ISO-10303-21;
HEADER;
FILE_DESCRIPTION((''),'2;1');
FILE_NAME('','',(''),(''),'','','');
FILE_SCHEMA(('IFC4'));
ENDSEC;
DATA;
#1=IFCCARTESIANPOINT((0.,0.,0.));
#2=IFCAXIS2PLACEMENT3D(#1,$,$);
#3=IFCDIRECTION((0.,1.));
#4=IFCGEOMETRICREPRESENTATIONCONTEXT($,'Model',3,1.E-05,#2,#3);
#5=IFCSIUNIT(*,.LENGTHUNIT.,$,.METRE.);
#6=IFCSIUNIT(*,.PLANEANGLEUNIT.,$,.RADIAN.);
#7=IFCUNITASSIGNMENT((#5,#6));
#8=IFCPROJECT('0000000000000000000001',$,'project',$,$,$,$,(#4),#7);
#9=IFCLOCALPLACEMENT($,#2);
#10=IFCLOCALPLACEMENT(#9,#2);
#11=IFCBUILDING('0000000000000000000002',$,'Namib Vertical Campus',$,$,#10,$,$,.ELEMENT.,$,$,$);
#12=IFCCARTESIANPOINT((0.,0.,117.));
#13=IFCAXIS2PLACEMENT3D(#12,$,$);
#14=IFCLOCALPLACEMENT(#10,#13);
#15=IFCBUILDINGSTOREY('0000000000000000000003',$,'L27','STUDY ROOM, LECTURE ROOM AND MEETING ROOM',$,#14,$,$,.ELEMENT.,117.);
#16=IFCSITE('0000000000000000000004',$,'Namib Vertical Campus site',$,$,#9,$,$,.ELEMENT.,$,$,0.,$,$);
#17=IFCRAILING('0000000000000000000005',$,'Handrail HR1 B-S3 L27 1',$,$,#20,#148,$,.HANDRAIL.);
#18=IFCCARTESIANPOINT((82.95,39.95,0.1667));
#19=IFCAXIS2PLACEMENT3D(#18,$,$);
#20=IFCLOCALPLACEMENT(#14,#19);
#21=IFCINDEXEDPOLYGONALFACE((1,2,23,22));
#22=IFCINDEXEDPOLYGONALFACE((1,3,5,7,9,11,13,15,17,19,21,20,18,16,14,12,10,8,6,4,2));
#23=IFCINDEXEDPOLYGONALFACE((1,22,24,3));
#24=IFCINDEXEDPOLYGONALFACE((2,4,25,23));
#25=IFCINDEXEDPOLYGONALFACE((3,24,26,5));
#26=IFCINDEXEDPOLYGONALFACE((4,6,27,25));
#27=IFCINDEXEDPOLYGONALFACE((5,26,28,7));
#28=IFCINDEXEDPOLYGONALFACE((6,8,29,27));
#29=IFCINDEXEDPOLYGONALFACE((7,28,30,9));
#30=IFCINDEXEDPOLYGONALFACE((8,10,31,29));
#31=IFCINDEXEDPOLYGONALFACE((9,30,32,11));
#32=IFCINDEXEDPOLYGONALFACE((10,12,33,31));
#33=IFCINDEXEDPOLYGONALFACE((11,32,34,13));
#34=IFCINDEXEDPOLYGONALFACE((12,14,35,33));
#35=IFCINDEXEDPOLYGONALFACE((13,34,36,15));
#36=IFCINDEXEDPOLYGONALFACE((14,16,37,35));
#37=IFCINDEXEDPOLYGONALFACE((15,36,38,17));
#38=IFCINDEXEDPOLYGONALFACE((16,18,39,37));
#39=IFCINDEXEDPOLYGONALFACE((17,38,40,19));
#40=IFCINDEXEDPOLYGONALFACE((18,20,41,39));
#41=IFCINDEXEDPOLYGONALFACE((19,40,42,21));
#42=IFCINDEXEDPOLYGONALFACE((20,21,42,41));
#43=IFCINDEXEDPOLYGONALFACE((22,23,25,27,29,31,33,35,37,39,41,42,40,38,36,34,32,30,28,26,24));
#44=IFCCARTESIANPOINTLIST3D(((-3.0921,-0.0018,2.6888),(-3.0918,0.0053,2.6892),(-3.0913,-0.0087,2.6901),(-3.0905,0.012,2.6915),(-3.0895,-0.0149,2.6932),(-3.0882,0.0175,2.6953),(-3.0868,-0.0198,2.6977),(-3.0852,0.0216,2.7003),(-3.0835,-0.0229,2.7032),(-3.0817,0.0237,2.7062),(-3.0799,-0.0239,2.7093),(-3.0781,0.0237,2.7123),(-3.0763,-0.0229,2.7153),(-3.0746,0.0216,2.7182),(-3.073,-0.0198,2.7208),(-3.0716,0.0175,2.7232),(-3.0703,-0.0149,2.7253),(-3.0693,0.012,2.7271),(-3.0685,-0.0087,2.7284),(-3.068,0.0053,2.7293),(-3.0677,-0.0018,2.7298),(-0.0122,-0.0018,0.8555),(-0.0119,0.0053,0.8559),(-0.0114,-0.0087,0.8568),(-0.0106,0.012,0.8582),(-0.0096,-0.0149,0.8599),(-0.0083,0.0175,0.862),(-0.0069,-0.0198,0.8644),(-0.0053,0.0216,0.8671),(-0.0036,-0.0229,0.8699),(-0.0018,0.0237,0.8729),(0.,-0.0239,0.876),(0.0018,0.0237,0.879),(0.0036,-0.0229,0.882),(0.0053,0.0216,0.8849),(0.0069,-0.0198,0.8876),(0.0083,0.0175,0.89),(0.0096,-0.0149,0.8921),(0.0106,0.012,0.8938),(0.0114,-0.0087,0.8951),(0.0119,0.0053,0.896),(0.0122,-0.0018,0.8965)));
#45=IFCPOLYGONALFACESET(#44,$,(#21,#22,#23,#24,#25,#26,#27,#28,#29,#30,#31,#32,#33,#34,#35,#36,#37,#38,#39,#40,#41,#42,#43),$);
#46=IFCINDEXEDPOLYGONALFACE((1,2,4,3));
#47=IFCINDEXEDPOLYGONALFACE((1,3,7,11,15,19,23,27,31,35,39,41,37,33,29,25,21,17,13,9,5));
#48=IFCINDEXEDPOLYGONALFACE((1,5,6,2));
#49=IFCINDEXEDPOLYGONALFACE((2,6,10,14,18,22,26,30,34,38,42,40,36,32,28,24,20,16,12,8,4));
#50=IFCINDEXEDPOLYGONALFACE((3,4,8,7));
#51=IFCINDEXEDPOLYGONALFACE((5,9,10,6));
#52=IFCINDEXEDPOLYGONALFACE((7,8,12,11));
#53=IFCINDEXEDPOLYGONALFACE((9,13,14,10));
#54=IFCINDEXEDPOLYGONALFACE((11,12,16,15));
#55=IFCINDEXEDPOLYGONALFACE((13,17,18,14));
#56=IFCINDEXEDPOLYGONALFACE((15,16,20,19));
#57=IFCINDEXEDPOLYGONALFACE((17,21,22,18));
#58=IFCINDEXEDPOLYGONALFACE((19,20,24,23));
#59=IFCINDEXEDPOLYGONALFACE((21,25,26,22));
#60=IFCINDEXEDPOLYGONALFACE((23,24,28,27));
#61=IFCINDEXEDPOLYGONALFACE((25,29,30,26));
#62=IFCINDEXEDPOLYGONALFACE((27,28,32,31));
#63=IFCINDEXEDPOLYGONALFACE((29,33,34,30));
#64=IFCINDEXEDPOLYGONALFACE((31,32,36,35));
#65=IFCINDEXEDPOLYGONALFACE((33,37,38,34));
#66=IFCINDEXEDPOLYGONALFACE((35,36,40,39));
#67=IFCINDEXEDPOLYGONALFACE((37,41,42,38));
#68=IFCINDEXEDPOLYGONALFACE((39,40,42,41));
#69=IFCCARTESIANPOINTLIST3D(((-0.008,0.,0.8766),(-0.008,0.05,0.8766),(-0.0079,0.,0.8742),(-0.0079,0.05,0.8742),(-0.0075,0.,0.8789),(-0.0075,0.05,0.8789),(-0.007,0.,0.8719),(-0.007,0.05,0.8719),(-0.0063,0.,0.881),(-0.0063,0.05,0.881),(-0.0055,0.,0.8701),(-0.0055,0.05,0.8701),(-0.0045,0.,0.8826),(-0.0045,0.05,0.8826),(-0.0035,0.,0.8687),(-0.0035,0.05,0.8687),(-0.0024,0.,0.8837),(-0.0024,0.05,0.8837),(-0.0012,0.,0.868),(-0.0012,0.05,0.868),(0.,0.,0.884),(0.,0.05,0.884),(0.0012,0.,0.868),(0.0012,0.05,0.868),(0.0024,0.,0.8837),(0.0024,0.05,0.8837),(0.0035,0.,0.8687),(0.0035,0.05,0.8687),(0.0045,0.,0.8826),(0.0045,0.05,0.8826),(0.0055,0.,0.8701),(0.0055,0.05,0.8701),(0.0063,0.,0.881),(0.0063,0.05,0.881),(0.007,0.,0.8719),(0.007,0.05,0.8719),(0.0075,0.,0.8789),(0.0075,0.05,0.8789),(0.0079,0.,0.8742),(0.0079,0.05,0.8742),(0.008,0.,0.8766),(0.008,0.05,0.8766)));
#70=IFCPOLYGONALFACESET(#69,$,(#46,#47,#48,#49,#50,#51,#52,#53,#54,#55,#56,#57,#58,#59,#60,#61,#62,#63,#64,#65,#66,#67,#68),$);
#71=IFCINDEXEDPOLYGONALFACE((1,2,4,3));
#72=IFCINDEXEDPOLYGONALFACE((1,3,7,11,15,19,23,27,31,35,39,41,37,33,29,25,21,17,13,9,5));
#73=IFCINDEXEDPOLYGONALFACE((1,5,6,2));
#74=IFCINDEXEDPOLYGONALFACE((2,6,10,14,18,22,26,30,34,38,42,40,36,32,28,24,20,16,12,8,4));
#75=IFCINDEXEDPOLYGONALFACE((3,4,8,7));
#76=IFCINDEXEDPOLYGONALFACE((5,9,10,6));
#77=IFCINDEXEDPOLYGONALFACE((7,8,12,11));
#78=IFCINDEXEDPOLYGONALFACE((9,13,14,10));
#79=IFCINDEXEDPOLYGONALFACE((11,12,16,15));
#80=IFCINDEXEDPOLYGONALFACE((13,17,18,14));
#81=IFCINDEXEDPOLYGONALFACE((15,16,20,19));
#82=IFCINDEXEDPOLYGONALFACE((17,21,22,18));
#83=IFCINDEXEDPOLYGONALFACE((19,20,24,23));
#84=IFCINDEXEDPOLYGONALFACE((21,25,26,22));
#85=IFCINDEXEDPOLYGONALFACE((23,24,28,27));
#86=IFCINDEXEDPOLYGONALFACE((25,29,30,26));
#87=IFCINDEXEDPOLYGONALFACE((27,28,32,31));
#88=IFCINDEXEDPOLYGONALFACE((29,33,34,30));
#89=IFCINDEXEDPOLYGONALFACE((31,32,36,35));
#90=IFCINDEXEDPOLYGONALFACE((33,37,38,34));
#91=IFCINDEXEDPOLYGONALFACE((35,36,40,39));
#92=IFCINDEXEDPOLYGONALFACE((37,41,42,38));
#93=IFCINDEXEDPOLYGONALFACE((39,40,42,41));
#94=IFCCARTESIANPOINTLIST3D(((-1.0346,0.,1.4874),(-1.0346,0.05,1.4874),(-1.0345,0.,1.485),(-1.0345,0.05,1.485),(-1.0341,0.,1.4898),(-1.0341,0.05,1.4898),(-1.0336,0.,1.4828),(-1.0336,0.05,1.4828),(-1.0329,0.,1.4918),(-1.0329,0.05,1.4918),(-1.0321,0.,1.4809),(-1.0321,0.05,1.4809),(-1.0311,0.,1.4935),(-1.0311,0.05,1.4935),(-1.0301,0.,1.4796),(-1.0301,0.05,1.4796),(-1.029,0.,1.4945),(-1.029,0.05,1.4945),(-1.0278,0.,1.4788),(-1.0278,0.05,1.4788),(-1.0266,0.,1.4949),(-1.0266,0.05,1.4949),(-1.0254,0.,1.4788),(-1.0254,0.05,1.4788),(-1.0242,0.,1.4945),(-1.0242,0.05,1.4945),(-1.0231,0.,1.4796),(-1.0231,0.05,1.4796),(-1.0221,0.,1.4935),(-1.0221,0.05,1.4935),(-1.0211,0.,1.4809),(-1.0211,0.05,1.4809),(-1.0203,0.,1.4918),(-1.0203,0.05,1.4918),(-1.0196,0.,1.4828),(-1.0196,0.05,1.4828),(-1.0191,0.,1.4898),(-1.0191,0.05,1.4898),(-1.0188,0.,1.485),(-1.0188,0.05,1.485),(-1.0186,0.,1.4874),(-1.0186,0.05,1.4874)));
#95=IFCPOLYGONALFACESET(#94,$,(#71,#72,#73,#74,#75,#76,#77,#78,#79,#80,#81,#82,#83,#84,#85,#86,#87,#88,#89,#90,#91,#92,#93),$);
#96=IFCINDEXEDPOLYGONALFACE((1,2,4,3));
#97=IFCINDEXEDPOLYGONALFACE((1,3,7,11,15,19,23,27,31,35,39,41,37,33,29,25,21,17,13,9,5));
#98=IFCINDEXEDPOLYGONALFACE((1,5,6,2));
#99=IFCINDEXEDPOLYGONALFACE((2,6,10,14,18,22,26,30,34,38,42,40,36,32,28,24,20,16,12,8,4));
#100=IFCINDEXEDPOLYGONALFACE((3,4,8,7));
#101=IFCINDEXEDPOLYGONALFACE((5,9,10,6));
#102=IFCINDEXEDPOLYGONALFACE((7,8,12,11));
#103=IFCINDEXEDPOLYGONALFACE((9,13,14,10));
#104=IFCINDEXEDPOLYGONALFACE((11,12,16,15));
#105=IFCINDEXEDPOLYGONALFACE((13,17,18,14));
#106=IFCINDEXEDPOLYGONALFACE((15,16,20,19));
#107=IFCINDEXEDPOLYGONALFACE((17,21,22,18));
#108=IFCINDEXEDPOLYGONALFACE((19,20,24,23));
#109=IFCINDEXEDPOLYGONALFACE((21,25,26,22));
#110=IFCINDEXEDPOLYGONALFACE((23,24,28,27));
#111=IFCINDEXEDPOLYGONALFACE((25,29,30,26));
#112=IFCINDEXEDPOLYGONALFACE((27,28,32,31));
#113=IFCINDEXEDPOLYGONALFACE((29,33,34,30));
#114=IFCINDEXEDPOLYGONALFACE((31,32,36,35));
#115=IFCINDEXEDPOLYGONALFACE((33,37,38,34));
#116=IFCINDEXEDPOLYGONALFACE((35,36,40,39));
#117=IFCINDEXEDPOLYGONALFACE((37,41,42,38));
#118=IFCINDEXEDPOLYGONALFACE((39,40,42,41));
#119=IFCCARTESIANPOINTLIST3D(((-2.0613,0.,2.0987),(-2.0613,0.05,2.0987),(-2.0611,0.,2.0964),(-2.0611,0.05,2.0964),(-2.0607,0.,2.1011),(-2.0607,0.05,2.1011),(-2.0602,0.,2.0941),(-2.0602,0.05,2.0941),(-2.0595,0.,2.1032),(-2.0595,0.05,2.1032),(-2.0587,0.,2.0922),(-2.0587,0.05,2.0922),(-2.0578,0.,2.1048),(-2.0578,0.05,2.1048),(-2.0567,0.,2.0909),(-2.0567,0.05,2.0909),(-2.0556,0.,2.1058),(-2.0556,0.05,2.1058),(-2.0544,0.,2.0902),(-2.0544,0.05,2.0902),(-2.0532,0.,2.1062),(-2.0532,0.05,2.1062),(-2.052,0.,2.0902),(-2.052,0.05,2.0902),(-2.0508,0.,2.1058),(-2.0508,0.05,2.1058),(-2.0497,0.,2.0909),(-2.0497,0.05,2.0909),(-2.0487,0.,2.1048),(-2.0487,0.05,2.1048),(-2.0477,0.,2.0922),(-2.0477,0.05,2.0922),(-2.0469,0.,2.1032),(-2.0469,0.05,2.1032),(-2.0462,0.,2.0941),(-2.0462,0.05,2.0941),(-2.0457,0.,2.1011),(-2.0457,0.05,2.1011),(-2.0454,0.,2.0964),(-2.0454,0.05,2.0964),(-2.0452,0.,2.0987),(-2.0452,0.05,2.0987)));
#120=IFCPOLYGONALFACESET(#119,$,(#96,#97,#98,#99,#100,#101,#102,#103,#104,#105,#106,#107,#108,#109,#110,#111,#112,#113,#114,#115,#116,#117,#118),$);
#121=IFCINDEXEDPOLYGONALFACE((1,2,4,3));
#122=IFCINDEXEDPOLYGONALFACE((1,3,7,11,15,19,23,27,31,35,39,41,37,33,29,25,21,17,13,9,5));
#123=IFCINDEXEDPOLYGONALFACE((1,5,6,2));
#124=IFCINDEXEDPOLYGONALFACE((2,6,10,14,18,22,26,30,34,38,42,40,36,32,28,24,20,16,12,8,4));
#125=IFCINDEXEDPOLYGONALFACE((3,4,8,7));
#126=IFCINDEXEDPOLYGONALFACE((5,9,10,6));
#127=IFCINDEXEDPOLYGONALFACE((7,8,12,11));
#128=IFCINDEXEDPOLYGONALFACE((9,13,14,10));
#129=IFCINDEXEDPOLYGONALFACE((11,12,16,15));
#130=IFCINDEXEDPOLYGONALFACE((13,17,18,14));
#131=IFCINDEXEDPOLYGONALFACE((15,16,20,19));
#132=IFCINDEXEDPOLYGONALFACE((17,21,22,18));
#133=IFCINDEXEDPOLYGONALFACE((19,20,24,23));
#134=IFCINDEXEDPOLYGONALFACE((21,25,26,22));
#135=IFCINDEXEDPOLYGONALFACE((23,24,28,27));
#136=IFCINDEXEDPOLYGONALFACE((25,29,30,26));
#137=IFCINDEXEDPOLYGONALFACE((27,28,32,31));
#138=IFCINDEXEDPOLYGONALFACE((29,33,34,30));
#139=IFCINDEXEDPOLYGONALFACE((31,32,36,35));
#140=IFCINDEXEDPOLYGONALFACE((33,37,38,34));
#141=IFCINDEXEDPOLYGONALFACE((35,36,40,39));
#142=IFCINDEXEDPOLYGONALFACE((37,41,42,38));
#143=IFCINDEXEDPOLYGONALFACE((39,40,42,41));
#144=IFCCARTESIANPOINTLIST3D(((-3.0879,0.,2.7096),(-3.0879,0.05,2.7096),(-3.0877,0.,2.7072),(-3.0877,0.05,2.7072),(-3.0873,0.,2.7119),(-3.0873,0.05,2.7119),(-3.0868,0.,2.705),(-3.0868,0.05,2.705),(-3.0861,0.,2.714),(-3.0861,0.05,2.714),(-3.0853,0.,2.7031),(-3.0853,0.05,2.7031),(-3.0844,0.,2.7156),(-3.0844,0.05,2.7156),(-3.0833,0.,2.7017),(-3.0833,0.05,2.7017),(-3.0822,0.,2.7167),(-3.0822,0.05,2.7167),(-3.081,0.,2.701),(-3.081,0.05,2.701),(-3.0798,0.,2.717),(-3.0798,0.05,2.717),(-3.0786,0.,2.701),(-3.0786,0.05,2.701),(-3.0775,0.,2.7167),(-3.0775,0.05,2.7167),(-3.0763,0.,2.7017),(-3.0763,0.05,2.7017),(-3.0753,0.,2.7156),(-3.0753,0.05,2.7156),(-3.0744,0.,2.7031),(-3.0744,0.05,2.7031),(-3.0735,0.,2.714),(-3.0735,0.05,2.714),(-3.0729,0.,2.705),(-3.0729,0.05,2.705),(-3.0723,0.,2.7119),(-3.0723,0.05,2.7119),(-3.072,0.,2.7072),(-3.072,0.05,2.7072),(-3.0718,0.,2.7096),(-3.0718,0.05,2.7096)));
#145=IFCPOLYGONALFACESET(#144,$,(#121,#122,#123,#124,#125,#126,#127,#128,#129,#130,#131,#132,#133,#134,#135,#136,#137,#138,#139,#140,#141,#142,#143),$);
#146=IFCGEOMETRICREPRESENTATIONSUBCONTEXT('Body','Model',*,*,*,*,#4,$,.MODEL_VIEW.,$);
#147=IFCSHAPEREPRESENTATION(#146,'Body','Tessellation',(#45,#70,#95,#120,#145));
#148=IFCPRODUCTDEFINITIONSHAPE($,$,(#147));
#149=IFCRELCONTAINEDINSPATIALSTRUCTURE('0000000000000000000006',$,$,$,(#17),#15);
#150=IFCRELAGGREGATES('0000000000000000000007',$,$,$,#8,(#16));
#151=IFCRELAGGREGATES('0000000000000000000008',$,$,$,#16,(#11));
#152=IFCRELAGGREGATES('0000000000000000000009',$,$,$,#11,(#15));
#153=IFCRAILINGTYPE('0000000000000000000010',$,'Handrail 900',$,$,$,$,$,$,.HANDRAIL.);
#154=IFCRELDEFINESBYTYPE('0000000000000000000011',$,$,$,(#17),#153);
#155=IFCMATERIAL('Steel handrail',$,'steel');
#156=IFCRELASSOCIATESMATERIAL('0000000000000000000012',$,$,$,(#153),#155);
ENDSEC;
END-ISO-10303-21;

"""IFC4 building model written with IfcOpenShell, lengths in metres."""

from ifc_helpers import new_model, si_unit, direction, frame, origin, origin_2d, place, context, subcontext, project, spatial, circle, extrude, material, type_object, element, save


model = new_model("IFC4")

# Units and contexts
model_context = context("Model", 3, precision=1e-05, world=origin(), true_north=direction((0.0, 1.0)))
body_context = subcontext(model_context, "Body", "Model", "MODEL_VIEW")
ifc_project = project(units=[si_unit("LENGTHUNIT", "METRE"), si_unit("PLANEANGLEUNIT", "RADIAN")], contexts=[model_context])

# Site, building, storey
site_placement = place(None, origin())
site = spatial("IfcSite", under=ifc_project, at=site_placement, Name="Namib Vertical Campus site", CompositionType="ELEMENT", RefElevation=0.0)
building_placement = place(site_placement, origin())
building = spatial("IfcBuilding", under=site, at=building_placement, Name="Namib Vertical Campus", CompositionType="ELEMENT")
storey_placement = place(building_placement, frame((0.0, 0.0, 117.0)))
storey = spatial("IfcBuildingStorey", under=building, at=storey_placement, Name="L27", Description="STUDY ROOM, LECTURE ROOM AND MEETING ROOM", CompositionType="ELEMENT", Elevation=117.0)

# Railing
ifc_material_1 = material(Name="Steel handrail", Category="steel")
railing_type_1 = type_object("IfcRailingType", Name="Handrail 900", PredefinedType="HANDRAIL", material=ifc_material_1)
railing_1_placement = place(storey_placement, frame((82.95, 39.95, 0.1667)))
element("IfcRailing", 1, at=railing_1_placement, inside=storey, type_object=railing_type_1, Name="Handrail HR1 B-S3 L27 1", PredefinedType="HANDRAIL", context=body_context, shape_type="SweptSolid", body=[
    extrude(circle(Radius=0.0239, at=origin_2d()), frame((0.0, 0.0, 0.876), z_axis=(-0.859291, 0.0, 0.511487), x_axis=(0.0, -1.0, 0.0)), (0.0, 0.0, 1.0), 3.5842),
    extrude(circle(Radius=0.0081, at=origin_2d()), frame((0.0, 0.0, 0.876), z_axis=(0.0, 1.0, 0.0), x_axis=(0.0, 0.0, 1.0)), (0.0, 0.0, 1.0), 0.05),
    extrude(circle(Radius=0.0081, at=origin_2d()), frame((-1.0266, 0.0, 1.4868), z_axis=(0.0, 1.0, 0.0), x_axis=(0.0, 0.0, 1.0)), (0.0, 0.0, 1.0), 0.05),
    extrude(circle(Radius=0.0081, at=origin_2d()), frame((-2.0532, 0.0, 2.0981), z_axis=(0.0, 1.0, 0.0), x_axis=(0.0, 0.0, 1.0)), (0.0, 0.0, 1.0), 0.05),
    extrude(circle(Radius=0.0081, at=origin_2d()), frame((-3.0798, 0.0, 2.709), z_axis=(0.0, 1.0, 0.0), x_axis=(0.0, 0.0, 1.0)), (0.0, 0.0, 1.0), 0.05),
])

save(model, "model.ifc")
